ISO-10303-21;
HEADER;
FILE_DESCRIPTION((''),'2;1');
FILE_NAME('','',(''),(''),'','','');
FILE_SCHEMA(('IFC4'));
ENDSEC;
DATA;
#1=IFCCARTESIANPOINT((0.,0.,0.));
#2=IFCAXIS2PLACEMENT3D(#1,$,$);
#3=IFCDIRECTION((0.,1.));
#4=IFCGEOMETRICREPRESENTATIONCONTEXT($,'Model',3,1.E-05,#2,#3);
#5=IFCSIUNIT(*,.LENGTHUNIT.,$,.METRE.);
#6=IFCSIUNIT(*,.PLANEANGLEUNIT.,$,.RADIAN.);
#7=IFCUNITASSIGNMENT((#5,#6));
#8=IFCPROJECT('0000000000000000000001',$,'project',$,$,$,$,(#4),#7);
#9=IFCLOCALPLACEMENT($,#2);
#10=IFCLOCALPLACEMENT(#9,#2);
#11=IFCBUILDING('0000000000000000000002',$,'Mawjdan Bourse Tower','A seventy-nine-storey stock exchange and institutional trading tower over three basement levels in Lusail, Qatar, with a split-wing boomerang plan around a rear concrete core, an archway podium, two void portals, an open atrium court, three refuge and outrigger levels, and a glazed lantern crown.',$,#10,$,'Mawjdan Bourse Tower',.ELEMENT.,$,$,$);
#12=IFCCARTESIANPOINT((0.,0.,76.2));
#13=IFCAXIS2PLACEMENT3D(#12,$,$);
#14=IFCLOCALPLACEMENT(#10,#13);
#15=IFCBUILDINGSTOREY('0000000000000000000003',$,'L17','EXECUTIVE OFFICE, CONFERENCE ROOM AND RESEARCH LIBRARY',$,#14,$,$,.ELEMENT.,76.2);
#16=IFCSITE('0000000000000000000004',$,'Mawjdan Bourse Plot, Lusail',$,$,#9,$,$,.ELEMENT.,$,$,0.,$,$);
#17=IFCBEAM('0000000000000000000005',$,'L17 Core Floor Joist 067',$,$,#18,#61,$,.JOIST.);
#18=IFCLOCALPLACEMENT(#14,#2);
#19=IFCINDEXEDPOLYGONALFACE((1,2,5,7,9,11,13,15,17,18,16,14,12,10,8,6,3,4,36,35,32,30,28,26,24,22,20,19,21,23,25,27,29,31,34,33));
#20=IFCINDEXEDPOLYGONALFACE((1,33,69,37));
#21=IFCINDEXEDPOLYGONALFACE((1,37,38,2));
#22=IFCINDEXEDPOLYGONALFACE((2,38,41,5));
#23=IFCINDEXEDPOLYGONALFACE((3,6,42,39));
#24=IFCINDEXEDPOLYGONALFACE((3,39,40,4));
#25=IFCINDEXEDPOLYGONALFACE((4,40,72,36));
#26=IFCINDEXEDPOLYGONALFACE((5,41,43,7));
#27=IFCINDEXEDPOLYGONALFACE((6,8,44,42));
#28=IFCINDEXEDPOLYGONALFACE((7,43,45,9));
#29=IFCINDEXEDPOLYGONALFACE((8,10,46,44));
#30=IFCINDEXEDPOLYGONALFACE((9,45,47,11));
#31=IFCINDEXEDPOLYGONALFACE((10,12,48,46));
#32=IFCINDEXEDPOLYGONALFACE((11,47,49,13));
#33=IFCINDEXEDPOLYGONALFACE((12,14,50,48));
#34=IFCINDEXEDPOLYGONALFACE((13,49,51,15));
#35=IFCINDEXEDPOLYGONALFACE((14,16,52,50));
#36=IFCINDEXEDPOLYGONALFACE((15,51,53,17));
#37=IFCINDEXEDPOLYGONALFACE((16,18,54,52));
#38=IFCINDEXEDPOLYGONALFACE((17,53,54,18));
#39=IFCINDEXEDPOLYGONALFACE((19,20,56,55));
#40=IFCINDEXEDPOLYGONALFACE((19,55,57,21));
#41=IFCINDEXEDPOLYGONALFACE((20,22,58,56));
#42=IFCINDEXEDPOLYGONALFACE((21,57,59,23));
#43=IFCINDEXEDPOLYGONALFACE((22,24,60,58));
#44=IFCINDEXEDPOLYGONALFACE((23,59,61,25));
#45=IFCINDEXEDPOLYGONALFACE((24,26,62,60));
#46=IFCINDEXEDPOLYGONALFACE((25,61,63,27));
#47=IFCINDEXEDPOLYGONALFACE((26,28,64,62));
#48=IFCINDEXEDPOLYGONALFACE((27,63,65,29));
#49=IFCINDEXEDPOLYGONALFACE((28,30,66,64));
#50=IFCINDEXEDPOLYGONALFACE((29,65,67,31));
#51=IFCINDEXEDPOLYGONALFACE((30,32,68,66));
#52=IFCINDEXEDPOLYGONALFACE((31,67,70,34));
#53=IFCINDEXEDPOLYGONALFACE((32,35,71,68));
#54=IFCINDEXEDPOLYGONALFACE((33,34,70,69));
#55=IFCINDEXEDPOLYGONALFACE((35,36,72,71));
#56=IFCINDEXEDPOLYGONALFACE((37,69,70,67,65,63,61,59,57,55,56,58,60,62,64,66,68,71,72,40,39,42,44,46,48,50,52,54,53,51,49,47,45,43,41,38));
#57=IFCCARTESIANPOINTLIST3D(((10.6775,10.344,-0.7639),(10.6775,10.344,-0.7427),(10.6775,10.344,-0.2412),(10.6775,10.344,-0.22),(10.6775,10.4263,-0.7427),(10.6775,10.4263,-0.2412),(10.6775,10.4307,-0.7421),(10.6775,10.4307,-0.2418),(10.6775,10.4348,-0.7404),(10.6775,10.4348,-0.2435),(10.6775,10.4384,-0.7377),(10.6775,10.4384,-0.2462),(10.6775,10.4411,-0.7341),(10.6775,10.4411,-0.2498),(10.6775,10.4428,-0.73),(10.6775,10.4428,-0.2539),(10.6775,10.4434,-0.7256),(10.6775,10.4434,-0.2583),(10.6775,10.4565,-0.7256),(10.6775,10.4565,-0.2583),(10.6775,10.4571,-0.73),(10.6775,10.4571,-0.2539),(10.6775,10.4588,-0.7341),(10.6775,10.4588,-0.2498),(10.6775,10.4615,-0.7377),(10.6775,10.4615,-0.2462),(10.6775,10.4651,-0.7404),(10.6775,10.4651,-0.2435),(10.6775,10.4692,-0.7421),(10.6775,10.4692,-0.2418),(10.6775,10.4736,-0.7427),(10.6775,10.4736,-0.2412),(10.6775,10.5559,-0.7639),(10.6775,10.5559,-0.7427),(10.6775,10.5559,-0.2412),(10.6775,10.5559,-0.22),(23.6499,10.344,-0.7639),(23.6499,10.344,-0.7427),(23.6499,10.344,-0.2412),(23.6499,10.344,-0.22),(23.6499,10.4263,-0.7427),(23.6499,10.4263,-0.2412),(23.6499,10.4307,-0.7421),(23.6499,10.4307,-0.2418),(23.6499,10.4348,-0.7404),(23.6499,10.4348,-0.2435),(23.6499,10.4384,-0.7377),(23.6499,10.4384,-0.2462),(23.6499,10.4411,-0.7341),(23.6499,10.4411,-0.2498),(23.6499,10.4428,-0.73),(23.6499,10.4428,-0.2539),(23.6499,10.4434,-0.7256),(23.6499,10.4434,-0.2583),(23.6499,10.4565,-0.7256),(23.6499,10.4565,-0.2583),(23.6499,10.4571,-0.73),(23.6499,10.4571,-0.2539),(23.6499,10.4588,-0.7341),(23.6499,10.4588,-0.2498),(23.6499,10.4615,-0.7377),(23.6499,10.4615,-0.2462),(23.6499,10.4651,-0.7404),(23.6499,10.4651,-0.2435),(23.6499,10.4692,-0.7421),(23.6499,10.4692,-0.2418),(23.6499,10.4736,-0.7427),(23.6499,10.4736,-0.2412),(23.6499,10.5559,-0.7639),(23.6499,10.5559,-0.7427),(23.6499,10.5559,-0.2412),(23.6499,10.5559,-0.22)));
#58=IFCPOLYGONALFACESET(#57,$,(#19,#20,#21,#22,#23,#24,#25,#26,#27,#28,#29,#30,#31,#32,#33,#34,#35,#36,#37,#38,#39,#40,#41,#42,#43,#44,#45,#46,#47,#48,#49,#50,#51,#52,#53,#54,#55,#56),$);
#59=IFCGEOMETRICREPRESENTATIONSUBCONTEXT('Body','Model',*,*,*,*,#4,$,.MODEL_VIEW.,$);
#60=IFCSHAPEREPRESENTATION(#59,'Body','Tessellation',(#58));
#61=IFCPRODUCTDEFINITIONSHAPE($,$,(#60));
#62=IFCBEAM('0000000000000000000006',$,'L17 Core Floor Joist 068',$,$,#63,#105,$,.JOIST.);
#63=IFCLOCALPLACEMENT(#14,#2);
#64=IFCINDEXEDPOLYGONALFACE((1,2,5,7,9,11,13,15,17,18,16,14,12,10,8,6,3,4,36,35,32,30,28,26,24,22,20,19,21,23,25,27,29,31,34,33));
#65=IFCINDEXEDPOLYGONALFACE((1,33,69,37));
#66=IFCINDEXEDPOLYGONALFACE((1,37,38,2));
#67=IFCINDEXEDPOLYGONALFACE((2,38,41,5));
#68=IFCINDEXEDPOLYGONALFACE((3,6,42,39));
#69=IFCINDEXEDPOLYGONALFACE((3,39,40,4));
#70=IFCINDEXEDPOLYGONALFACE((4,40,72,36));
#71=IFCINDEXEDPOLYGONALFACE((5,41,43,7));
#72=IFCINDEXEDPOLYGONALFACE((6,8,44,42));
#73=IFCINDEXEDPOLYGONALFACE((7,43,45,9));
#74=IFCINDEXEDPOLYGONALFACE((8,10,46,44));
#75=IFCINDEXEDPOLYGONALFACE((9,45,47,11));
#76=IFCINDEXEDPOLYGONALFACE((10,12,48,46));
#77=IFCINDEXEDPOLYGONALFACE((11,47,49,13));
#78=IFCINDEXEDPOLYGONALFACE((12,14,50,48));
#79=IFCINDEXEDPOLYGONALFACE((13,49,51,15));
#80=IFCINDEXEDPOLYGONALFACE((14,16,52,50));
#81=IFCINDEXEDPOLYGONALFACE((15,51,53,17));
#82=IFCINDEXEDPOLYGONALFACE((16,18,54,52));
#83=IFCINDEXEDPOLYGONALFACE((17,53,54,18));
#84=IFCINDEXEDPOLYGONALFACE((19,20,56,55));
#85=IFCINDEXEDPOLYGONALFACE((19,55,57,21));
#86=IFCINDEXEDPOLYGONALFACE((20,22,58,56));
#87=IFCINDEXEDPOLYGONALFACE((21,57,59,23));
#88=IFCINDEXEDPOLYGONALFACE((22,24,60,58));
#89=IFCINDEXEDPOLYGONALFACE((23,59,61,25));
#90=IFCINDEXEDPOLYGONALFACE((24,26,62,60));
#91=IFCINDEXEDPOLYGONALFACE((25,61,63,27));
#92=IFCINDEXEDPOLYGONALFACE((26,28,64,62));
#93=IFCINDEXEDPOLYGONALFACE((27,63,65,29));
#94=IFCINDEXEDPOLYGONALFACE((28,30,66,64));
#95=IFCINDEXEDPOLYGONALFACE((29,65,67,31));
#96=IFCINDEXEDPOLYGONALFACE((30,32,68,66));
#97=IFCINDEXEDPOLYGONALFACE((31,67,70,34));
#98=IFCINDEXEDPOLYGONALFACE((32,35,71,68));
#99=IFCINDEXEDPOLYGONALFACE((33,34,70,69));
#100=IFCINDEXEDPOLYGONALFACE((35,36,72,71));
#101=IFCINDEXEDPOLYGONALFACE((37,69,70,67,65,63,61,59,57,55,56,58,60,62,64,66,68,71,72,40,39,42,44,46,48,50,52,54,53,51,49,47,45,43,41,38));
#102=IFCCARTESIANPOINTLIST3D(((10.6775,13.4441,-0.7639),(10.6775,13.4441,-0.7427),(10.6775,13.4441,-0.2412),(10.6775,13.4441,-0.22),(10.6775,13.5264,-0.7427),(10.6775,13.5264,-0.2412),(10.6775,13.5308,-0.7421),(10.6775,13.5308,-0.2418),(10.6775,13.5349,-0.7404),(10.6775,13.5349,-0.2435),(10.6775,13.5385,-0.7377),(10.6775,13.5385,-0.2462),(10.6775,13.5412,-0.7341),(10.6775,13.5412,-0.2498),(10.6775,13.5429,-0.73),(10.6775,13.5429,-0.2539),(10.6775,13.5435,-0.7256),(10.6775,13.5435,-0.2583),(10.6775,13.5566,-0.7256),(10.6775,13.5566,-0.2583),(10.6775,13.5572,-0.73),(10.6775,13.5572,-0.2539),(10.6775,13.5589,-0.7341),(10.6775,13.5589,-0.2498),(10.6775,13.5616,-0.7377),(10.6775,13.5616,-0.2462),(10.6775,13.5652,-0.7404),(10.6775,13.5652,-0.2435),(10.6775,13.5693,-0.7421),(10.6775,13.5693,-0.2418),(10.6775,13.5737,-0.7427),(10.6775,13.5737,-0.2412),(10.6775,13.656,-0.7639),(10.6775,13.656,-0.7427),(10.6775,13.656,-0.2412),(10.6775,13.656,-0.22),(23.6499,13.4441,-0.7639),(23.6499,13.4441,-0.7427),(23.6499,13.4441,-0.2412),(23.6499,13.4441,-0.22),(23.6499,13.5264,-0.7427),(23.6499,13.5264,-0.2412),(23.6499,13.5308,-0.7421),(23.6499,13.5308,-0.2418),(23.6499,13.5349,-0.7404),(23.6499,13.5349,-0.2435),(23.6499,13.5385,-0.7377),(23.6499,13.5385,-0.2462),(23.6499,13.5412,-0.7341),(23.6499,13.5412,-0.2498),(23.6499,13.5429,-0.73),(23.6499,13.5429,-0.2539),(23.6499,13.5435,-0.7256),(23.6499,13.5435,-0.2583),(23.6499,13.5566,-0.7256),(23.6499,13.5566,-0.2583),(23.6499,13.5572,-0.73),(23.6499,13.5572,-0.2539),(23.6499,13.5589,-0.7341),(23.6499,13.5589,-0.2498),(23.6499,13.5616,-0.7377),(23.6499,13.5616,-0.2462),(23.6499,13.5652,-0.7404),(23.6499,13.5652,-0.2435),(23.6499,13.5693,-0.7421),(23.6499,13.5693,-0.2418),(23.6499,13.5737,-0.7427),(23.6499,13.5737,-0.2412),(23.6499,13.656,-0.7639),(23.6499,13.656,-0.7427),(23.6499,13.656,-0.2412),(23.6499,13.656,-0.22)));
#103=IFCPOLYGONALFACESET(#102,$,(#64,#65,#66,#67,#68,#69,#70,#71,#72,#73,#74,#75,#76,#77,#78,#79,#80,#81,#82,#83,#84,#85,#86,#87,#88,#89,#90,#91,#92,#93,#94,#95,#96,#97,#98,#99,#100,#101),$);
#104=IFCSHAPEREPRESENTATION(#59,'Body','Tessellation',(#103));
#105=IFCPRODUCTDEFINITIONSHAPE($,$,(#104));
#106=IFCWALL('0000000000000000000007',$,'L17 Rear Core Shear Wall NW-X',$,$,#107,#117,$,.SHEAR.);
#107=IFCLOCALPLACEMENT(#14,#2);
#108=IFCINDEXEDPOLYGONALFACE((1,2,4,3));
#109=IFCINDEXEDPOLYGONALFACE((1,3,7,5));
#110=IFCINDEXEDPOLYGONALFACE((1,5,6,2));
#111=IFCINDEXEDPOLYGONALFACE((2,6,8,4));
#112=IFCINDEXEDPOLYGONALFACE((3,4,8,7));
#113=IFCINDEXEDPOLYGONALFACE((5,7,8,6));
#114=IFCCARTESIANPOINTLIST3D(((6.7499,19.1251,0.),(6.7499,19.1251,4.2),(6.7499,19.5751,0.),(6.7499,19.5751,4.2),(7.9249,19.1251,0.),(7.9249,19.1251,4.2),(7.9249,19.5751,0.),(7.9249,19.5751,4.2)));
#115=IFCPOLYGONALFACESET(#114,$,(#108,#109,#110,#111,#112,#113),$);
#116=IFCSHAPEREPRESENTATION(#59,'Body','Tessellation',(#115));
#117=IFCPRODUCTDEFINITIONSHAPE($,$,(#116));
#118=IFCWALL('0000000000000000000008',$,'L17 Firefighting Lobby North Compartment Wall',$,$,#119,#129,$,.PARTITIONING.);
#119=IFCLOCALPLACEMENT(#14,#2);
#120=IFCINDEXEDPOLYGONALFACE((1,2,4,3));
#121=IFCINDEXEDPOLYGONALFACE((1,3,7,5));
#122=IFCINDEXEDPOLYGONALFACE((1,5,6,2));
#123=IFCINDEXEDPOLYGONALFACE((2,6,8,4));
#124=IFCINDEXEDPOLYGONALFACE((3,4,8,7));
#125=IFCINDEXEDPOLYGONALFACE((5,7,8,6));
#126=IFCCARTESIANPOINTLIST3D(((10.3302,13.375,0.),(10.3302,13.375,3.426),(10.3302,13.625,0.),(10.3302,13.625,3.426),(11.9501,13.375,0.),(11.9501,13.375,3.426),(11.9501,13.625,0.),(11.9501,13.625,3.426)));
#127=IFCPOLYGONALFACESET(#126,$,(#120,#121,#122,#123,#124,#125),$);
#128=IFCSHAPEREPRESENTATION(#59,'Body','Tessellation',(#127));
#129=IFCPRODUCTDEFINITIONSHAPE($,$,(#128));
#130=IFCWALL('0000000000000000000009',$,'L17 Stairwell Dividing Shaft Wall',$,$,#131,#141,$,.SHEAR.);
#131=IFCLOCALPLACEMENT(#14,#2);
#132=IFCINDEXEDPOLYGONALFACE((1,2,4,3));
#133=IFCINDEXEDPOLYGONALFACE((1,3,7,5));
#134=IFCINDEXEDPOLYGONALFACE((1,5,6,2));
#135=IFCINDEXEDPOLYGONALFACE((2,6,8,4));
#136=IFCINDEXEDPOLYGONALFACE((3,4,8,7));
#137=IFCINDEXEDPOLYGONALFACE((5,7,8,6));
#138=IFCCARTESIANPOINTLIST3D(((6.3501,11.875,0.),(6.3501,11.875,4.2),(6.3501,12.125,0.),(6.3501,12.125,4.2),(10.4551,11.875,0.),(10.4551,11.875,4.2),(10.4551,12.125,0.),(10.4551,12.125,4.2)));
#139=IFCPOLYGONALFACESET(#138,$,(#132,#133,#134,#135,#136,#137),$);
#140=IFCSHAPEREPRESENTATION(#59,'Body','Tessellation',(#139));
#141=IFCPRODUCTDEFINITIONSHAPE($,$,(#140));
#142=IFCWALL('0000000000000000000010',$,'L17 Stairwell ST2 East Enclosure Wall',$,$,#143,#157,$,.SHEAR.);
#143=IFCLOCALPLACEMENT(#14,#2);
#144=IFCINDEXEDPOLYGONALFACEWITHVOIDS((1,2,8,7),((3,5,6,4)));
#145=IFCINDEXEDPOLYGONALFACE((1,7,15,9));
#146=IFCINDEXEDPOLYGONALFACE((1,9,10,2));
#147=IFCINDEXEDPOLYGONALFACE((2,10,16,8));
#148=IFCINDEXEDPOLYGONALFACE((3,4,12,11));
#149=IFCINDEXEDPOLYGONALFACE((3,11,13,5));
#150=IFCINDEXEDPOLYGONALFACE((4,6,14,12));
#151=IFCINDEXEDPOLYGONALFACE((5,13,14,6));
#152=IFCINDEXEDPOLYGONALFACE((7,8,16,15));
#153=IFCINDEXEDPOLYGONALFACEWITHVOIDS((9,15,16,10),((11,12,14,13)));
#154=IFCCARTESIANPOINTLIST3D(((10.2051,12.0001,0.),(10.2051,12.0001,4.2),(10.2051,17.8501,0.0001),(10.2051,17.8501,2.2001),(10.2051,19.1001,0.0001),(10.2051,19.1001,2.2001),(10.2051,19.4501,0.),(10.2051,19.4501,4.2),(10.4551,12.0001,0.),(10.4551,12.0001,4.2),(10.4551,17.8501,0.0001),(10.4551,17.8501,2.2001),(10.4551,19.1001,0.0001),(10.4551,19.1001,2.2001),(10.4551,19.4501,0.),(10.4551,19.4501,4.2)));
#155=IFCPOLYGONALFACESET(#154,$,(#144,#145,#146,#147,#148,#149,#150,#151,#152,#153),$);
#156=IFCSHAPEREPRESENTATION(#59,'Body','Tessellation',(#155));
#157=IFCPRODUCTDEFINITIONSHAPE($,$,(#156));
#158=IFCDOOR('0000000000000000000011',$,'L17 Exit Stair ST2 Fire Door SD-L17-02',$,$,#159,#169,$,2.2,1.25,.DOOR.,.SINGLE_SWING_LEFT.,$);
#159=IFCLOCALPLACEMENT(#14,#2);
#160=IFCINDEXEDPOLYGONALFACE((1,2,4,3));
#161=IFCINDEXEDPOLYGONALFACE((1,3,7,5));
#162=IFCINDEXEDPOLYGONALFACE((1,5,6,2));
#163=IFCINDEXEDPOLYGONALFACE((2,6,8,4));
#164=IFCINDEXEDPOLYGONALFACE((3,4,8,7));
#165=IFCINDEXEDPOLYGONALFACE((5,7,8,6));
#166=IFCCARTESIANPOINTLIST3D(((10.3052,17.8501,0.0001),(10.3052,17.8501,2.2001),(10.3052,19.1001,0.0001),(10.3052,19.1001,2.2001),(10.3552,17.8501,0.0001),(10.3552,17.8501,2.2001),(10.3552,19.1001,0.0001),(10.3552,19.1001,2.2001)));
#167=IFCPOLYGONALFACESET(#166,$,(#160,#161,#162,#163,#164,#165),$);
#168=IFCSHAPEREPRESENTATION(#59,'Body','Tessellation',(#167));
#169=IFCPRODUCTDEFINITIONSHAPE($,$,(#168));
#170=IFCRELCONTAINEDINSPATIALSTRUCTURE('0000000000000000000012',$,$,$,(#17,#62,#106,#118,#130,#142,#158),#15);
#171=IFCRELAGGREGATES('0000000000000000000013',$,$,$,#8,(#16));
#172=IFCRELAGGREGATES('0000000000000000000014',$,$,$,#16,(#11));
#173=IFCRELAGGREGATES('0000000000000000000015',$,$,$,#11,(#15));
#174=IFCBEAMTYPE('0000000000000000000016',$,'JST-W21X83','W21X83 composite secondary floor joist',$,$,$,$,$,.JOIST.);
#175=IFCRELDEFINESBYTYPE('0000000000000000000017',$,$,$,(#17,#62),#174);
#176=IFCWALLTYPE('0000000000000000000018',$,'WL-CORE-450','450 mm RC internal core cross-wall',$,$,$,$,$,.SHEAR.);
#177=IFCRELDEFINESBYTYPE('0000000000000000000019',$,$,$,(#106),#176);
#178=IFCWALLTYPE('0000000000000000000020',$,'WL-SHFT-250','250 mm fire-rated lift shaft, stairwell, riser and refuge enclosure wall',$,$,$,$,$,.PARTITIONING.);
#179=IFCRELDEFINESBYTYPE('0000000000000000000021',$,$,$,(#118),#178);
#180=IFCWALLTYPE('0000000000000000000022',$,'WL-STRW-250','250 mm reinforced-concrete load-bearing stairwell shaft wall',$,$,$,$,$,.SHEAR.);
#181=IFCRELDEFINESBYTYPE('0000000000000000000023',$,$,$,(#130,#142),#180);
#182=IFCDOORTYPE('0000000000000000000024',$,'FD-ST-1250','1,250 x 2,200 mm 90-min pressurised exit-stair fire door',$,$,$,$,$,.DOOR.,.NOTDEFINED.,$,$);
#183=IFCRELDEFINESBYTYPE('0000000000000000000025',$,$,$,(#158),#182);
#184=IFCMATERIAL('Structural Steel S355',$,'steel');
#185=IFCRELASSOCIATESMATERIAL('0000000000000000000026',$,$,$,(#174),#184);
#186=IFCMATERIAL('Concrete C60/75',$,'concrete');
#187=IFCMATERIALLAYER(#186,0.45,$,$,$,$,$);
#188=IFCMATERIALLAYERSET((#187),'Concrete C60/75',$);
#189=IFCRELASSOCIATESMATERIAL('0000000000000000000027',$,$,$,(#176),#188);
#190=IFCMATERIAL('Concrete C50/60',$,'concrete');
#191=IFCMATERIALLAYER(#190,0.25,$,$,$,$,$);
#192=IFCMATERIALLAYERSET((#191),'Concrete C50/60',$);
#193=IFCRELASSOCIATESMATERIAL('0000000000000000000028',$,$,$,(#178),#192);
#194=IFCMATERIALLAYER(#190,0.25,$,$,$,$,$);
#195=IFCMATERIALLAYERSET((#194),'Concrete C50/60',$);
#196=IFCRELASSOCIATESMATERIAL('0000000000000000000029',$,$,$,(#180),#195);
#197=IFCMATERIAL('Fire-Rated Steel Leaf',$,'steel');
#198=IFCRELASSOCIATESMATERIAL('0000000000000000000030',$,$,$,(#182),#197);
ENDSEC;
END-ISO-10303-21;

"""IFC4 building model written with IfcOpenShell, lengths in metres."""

from ifc_helpers import new_model, si_unit, direction, frame, frame_2d, origin, origin_2d, place, context, subcontext, project, spatial, rectangle, i_section, extrude, material, layer, layer_set, material_profile, profile_set, type_object, element, fill, save


model = new_model("IFC4")

# Units and contexts
model_context = context("Model", 3, precision=1e-05, world=origin(), true_north=direction((0.0, 1.0)))
body_context = subcontext(model_context, "Body", "Model", "MODEL_VIEW")
ifc_project = project(units=[si_unit("LENGTHUNIT", "METRE"), si_unit("PLANEANGLEUNIT", "RADIAN")], contexts=[model_context])

# Site, building, storey
site_placement = place(None, origin())
site = spatial("IfcSite", under=ifc_project, at=site_placement, Name="Mawjdan Bourse Plot, Lusail", CompositionType="ELEMENT", RefElevation=0.0)
building_placement = place(site_placement, origin())
building = spatial("IfcBuilding", under=site, at=building_placement, Name="Mawjdan Bourse Tower", Description="A seventy-nine-storey stock exchange and institutional trading tower over three basement levels in Lusail, Qatar, with a split-wing boomerang plan around a rear concrete core, an archway podium, two void portals, an open atrium court, three refuge and outrigger levels, and a glazed lantern crown.", LongName="Mawjdan Bourse Tower", CompositionType="ELEMENT")
storey_placement = place(building_placement, frame((0.0, 0.0, 76.2)))
storey = spatial("IfcBuildingStorey", under=building, at=storey_placement, Name="L17", Description="EXECUTIVE OFFICE, CONFERENCE ROOM AND RESEARCH LIBRARY", CompositionType="ELEMENT", Elevation=76.2)

# Beams
ifc_material_1 = material(Name="Structural Steel S355", Category="steel")
ifc_material_profile = material_profile(ifc_material_1, i_section(OverallWidth=0.2119, OverallDepth=0.5439, WebThickness=0.0132, FlangeThickness=0.0212, FilletRadius=0.0171, at=origin_2d()), Name="W21X83")
ifc_profile_set = profile_set([ifc_material_profile], Name="Structural Steel S355")
beam_type = type_object("IfcBeamType", Name="JST-W21X83", Description="W21X83 composite secondary floor joist", PredefinedType="JOIST", material=ifc_profile_set)
for number, where, z_axis, x_axis, name in (
    (1, (10.6775, 10.45, -0.4919), (1.0, 0.0, 0.0), (0.0, 1.0, 0.0), "L17 Core Floor Joist 067"),
    (2, (10.6775, 13.55, -0.4919), (1.0, 0.0, 0.0), (0.0, 1.0, 0.0), "L17 Core Floor Joist 068"),
):
    element("IfcBeam", number, at=place(storey_placement, frame(where, z_axis=z_axis, x_axis=x_axis)), inside=storey, type_object=beam_type, Name=name, PredefinedType="JOIST", context=body_context, shape_type="SweptSolid", body=[
        extrude(i_section(OverallWidth=0.2119, OverallDepth=0.5439, WebThickness=0.0132, FlangeThickness=0.0212, FilletRadius=0.0171, at=origin_2d()), origin(), (0.0, 0.0, 1.0), 12.9724),
    ])

# Walls
ifc_material_2 = material(Name="Concrete C60/75", Category="concrete")
ifc_layer_1 = layer(ifc_material_2, 0.45)
ifc_layer_set_1 = layer_set([ifc_layer_1], Name="Concrete C60/75")
wall_type_1 = type_object("IfcWallType", Name="WL-CORE-450", Description="450 mm RC internal core cross-wall", PredefinedType="SHEAR", material=ifc_layer_set_1)
wall_1_placement = place(storey_placement, frame((6.75, 19.3501, 0.0), z_axis=(0.0, 0.0, 1.0), x_axis=(1.0, 0.0, 0.0)))
element("IfcWall", 3, at=wall_1_placement, inside=storey, type_object=wall_type_1, Name="L17 Rear Core Shear Wall NW-X", PredefinedType="SHEAR", context=body_context, shape_type="SweptSolid", body=[
    extrude(rectangle(XDim=1.175, YDim=0.45, at=frame_2d((0.5874, 0.0))), origin(), (0.0, 0.0, 1.0), 4.2),
])
ifc_material_3 = material(Name="Concrete C50/60", Category="concrete")
ifc_layer_2 = layer(ifc_material_3, 0.25)
ifc_layer_set_2 = layer_set([ifc_layer_2], Name="Concrete C50/60")
wall_type_2 = type_object("IfcWallType", Name="WL-SHFT-250", Description="250 mm fire-rated lift shaft, stairwell, riser and refuge enclosure wall", PredefinedType="PARTITIONING", material=ifc_layer_set_2)
wall_2_placement = place(storey_placement, frame((10.3301, 13.5, 0.0), z_axis=(0.0, 0.0, 1.0), x_axis=(1.0, 0.0, 0.0)))
element("IfcWall", 4, at=wall_2_placement, inside=storey, type_object=wall_type_2, Name="L17 Firefighting Lobby North Compartment Wall", PredefinedType="PARTITIONING", context=body_context, shape_type="SweptSolid", body=[
    extrude(rectangle(XDim=1.6199, YDim=0.25, at=frame_2d((0.8101, 0.0))), origin(), (0.0, 0.0, 1.0), 3.426),
])
ifc_layer_3 = layer(ifc_material_3, 0.25)
ifc_layer_set_3 = layer_set([ifc_layer_3], Name="Concrete C50/60")
wall_type_3 = type_object("IfcWallType", Name="WL-STRW-250", Description="250 mm reinforced-concrete load-bearing stairwell shaft wall", PredefinedType="SHEAR", material=ifc_layer_set_3)
wall_3_placement = place(storey_placement, frame((6.3501, 12.0, 0.0), z_axis=(0.0, 0.0, 1.0), x_axis=(1.0, 0.0, 0.0)))
element("IfcWall", 5, at=wall_3_placement, inside=storey, type_object=wall_type_3, Name="L17 Stairwell Dividing Shaft Wall", PredefinedType="SHEAR", context=body_context, shape_type="SweptSolid", body=[
    extrude(rectangle(XDim=4.105, YDim=0.25, at=frame_2d((2.0525, 0.0))), origin(), (0.0, 0.0, 1.0), 4.2),
])

# Wall, opening, door
wall_4_placement = place(storey_placement, frame((10.3301, 12.0, 0.0), z_axis=(0.0, 0.0, 1.0), x_axis=(0.0, 1.0, 0.0)))
wall_4 = element("IfcWall", 6, at=wall_4_placement, inside=storey, type_object=wall_type_3, Name="L17 Stairwell ST2 East Enclosure Wall", PredefinedType="SHEAR", context=body_context, shape_type="SweptSolid", body=[
    extrude(rectangle(XDim=7.45, YDim=0.25, at=frame_2d((3.7251, 0.0))), origin(), (0.0, 0.0, 1.0), 4.2),
])
opening_placement = place(wall_4_placement, frame((5.8501, 0.0, 0.0)))
opening = element("IfcOpeningElement", 7, at=opening_placement, cuts=wall_4, PredefinedType="OPENING", context=body_context, shape_type="SweptSolid", body=[
    extrude(rectangle(XDim=1.25, YDim=2.2, at=frame_2d((0.625, 1.1001))), frame((0.0, 0.135, 0.0), z_axis=(0.0, -1.0, 0.0), x_axis=(1.0, 0.0, 0.0)), (0.0, 0.0, 1.0), 0.27),
])
ifc_material_4 = material(Name="Fire-Rated Steel Leaf", Category="steel")
door_type = type_object("IfcDoorType", Name="FD-ST-1250", Description="1,250 x 2,200 mm 90-min pressurised exit-stair fire door", OperationType="NOTDEFINED", PredefinedType="DOOR", material=ifc_material_4)
door_placement = place(opening_placement, origin())
door = element("IfcDoor", 8, at=door_placement, inside=storey, type_object=door_type, Name="L17 Exit Stair ST2 Fire Door SD-L17-02", OperationType="SINGLE_SWING_LEFT", OverallHeight=2.2, OverallWidth=1.25, PredefinedType="DOOR", context=body_context, shape_type="SweptSolid", body=[
    extrude(rectangle(XDim=1.25, YDim=2.2, at=frame_2d((0.625, 1.1001))), frame((0.0, 0.0249, 0.0), z_axis=(0.0, -1.0, 0.0), x_axis=(1.0, 0.0, 0.0)), (0.0, 0.0, 1.0), 0.05),
])
fill(opening, door)

save(model, "model.ifc")
